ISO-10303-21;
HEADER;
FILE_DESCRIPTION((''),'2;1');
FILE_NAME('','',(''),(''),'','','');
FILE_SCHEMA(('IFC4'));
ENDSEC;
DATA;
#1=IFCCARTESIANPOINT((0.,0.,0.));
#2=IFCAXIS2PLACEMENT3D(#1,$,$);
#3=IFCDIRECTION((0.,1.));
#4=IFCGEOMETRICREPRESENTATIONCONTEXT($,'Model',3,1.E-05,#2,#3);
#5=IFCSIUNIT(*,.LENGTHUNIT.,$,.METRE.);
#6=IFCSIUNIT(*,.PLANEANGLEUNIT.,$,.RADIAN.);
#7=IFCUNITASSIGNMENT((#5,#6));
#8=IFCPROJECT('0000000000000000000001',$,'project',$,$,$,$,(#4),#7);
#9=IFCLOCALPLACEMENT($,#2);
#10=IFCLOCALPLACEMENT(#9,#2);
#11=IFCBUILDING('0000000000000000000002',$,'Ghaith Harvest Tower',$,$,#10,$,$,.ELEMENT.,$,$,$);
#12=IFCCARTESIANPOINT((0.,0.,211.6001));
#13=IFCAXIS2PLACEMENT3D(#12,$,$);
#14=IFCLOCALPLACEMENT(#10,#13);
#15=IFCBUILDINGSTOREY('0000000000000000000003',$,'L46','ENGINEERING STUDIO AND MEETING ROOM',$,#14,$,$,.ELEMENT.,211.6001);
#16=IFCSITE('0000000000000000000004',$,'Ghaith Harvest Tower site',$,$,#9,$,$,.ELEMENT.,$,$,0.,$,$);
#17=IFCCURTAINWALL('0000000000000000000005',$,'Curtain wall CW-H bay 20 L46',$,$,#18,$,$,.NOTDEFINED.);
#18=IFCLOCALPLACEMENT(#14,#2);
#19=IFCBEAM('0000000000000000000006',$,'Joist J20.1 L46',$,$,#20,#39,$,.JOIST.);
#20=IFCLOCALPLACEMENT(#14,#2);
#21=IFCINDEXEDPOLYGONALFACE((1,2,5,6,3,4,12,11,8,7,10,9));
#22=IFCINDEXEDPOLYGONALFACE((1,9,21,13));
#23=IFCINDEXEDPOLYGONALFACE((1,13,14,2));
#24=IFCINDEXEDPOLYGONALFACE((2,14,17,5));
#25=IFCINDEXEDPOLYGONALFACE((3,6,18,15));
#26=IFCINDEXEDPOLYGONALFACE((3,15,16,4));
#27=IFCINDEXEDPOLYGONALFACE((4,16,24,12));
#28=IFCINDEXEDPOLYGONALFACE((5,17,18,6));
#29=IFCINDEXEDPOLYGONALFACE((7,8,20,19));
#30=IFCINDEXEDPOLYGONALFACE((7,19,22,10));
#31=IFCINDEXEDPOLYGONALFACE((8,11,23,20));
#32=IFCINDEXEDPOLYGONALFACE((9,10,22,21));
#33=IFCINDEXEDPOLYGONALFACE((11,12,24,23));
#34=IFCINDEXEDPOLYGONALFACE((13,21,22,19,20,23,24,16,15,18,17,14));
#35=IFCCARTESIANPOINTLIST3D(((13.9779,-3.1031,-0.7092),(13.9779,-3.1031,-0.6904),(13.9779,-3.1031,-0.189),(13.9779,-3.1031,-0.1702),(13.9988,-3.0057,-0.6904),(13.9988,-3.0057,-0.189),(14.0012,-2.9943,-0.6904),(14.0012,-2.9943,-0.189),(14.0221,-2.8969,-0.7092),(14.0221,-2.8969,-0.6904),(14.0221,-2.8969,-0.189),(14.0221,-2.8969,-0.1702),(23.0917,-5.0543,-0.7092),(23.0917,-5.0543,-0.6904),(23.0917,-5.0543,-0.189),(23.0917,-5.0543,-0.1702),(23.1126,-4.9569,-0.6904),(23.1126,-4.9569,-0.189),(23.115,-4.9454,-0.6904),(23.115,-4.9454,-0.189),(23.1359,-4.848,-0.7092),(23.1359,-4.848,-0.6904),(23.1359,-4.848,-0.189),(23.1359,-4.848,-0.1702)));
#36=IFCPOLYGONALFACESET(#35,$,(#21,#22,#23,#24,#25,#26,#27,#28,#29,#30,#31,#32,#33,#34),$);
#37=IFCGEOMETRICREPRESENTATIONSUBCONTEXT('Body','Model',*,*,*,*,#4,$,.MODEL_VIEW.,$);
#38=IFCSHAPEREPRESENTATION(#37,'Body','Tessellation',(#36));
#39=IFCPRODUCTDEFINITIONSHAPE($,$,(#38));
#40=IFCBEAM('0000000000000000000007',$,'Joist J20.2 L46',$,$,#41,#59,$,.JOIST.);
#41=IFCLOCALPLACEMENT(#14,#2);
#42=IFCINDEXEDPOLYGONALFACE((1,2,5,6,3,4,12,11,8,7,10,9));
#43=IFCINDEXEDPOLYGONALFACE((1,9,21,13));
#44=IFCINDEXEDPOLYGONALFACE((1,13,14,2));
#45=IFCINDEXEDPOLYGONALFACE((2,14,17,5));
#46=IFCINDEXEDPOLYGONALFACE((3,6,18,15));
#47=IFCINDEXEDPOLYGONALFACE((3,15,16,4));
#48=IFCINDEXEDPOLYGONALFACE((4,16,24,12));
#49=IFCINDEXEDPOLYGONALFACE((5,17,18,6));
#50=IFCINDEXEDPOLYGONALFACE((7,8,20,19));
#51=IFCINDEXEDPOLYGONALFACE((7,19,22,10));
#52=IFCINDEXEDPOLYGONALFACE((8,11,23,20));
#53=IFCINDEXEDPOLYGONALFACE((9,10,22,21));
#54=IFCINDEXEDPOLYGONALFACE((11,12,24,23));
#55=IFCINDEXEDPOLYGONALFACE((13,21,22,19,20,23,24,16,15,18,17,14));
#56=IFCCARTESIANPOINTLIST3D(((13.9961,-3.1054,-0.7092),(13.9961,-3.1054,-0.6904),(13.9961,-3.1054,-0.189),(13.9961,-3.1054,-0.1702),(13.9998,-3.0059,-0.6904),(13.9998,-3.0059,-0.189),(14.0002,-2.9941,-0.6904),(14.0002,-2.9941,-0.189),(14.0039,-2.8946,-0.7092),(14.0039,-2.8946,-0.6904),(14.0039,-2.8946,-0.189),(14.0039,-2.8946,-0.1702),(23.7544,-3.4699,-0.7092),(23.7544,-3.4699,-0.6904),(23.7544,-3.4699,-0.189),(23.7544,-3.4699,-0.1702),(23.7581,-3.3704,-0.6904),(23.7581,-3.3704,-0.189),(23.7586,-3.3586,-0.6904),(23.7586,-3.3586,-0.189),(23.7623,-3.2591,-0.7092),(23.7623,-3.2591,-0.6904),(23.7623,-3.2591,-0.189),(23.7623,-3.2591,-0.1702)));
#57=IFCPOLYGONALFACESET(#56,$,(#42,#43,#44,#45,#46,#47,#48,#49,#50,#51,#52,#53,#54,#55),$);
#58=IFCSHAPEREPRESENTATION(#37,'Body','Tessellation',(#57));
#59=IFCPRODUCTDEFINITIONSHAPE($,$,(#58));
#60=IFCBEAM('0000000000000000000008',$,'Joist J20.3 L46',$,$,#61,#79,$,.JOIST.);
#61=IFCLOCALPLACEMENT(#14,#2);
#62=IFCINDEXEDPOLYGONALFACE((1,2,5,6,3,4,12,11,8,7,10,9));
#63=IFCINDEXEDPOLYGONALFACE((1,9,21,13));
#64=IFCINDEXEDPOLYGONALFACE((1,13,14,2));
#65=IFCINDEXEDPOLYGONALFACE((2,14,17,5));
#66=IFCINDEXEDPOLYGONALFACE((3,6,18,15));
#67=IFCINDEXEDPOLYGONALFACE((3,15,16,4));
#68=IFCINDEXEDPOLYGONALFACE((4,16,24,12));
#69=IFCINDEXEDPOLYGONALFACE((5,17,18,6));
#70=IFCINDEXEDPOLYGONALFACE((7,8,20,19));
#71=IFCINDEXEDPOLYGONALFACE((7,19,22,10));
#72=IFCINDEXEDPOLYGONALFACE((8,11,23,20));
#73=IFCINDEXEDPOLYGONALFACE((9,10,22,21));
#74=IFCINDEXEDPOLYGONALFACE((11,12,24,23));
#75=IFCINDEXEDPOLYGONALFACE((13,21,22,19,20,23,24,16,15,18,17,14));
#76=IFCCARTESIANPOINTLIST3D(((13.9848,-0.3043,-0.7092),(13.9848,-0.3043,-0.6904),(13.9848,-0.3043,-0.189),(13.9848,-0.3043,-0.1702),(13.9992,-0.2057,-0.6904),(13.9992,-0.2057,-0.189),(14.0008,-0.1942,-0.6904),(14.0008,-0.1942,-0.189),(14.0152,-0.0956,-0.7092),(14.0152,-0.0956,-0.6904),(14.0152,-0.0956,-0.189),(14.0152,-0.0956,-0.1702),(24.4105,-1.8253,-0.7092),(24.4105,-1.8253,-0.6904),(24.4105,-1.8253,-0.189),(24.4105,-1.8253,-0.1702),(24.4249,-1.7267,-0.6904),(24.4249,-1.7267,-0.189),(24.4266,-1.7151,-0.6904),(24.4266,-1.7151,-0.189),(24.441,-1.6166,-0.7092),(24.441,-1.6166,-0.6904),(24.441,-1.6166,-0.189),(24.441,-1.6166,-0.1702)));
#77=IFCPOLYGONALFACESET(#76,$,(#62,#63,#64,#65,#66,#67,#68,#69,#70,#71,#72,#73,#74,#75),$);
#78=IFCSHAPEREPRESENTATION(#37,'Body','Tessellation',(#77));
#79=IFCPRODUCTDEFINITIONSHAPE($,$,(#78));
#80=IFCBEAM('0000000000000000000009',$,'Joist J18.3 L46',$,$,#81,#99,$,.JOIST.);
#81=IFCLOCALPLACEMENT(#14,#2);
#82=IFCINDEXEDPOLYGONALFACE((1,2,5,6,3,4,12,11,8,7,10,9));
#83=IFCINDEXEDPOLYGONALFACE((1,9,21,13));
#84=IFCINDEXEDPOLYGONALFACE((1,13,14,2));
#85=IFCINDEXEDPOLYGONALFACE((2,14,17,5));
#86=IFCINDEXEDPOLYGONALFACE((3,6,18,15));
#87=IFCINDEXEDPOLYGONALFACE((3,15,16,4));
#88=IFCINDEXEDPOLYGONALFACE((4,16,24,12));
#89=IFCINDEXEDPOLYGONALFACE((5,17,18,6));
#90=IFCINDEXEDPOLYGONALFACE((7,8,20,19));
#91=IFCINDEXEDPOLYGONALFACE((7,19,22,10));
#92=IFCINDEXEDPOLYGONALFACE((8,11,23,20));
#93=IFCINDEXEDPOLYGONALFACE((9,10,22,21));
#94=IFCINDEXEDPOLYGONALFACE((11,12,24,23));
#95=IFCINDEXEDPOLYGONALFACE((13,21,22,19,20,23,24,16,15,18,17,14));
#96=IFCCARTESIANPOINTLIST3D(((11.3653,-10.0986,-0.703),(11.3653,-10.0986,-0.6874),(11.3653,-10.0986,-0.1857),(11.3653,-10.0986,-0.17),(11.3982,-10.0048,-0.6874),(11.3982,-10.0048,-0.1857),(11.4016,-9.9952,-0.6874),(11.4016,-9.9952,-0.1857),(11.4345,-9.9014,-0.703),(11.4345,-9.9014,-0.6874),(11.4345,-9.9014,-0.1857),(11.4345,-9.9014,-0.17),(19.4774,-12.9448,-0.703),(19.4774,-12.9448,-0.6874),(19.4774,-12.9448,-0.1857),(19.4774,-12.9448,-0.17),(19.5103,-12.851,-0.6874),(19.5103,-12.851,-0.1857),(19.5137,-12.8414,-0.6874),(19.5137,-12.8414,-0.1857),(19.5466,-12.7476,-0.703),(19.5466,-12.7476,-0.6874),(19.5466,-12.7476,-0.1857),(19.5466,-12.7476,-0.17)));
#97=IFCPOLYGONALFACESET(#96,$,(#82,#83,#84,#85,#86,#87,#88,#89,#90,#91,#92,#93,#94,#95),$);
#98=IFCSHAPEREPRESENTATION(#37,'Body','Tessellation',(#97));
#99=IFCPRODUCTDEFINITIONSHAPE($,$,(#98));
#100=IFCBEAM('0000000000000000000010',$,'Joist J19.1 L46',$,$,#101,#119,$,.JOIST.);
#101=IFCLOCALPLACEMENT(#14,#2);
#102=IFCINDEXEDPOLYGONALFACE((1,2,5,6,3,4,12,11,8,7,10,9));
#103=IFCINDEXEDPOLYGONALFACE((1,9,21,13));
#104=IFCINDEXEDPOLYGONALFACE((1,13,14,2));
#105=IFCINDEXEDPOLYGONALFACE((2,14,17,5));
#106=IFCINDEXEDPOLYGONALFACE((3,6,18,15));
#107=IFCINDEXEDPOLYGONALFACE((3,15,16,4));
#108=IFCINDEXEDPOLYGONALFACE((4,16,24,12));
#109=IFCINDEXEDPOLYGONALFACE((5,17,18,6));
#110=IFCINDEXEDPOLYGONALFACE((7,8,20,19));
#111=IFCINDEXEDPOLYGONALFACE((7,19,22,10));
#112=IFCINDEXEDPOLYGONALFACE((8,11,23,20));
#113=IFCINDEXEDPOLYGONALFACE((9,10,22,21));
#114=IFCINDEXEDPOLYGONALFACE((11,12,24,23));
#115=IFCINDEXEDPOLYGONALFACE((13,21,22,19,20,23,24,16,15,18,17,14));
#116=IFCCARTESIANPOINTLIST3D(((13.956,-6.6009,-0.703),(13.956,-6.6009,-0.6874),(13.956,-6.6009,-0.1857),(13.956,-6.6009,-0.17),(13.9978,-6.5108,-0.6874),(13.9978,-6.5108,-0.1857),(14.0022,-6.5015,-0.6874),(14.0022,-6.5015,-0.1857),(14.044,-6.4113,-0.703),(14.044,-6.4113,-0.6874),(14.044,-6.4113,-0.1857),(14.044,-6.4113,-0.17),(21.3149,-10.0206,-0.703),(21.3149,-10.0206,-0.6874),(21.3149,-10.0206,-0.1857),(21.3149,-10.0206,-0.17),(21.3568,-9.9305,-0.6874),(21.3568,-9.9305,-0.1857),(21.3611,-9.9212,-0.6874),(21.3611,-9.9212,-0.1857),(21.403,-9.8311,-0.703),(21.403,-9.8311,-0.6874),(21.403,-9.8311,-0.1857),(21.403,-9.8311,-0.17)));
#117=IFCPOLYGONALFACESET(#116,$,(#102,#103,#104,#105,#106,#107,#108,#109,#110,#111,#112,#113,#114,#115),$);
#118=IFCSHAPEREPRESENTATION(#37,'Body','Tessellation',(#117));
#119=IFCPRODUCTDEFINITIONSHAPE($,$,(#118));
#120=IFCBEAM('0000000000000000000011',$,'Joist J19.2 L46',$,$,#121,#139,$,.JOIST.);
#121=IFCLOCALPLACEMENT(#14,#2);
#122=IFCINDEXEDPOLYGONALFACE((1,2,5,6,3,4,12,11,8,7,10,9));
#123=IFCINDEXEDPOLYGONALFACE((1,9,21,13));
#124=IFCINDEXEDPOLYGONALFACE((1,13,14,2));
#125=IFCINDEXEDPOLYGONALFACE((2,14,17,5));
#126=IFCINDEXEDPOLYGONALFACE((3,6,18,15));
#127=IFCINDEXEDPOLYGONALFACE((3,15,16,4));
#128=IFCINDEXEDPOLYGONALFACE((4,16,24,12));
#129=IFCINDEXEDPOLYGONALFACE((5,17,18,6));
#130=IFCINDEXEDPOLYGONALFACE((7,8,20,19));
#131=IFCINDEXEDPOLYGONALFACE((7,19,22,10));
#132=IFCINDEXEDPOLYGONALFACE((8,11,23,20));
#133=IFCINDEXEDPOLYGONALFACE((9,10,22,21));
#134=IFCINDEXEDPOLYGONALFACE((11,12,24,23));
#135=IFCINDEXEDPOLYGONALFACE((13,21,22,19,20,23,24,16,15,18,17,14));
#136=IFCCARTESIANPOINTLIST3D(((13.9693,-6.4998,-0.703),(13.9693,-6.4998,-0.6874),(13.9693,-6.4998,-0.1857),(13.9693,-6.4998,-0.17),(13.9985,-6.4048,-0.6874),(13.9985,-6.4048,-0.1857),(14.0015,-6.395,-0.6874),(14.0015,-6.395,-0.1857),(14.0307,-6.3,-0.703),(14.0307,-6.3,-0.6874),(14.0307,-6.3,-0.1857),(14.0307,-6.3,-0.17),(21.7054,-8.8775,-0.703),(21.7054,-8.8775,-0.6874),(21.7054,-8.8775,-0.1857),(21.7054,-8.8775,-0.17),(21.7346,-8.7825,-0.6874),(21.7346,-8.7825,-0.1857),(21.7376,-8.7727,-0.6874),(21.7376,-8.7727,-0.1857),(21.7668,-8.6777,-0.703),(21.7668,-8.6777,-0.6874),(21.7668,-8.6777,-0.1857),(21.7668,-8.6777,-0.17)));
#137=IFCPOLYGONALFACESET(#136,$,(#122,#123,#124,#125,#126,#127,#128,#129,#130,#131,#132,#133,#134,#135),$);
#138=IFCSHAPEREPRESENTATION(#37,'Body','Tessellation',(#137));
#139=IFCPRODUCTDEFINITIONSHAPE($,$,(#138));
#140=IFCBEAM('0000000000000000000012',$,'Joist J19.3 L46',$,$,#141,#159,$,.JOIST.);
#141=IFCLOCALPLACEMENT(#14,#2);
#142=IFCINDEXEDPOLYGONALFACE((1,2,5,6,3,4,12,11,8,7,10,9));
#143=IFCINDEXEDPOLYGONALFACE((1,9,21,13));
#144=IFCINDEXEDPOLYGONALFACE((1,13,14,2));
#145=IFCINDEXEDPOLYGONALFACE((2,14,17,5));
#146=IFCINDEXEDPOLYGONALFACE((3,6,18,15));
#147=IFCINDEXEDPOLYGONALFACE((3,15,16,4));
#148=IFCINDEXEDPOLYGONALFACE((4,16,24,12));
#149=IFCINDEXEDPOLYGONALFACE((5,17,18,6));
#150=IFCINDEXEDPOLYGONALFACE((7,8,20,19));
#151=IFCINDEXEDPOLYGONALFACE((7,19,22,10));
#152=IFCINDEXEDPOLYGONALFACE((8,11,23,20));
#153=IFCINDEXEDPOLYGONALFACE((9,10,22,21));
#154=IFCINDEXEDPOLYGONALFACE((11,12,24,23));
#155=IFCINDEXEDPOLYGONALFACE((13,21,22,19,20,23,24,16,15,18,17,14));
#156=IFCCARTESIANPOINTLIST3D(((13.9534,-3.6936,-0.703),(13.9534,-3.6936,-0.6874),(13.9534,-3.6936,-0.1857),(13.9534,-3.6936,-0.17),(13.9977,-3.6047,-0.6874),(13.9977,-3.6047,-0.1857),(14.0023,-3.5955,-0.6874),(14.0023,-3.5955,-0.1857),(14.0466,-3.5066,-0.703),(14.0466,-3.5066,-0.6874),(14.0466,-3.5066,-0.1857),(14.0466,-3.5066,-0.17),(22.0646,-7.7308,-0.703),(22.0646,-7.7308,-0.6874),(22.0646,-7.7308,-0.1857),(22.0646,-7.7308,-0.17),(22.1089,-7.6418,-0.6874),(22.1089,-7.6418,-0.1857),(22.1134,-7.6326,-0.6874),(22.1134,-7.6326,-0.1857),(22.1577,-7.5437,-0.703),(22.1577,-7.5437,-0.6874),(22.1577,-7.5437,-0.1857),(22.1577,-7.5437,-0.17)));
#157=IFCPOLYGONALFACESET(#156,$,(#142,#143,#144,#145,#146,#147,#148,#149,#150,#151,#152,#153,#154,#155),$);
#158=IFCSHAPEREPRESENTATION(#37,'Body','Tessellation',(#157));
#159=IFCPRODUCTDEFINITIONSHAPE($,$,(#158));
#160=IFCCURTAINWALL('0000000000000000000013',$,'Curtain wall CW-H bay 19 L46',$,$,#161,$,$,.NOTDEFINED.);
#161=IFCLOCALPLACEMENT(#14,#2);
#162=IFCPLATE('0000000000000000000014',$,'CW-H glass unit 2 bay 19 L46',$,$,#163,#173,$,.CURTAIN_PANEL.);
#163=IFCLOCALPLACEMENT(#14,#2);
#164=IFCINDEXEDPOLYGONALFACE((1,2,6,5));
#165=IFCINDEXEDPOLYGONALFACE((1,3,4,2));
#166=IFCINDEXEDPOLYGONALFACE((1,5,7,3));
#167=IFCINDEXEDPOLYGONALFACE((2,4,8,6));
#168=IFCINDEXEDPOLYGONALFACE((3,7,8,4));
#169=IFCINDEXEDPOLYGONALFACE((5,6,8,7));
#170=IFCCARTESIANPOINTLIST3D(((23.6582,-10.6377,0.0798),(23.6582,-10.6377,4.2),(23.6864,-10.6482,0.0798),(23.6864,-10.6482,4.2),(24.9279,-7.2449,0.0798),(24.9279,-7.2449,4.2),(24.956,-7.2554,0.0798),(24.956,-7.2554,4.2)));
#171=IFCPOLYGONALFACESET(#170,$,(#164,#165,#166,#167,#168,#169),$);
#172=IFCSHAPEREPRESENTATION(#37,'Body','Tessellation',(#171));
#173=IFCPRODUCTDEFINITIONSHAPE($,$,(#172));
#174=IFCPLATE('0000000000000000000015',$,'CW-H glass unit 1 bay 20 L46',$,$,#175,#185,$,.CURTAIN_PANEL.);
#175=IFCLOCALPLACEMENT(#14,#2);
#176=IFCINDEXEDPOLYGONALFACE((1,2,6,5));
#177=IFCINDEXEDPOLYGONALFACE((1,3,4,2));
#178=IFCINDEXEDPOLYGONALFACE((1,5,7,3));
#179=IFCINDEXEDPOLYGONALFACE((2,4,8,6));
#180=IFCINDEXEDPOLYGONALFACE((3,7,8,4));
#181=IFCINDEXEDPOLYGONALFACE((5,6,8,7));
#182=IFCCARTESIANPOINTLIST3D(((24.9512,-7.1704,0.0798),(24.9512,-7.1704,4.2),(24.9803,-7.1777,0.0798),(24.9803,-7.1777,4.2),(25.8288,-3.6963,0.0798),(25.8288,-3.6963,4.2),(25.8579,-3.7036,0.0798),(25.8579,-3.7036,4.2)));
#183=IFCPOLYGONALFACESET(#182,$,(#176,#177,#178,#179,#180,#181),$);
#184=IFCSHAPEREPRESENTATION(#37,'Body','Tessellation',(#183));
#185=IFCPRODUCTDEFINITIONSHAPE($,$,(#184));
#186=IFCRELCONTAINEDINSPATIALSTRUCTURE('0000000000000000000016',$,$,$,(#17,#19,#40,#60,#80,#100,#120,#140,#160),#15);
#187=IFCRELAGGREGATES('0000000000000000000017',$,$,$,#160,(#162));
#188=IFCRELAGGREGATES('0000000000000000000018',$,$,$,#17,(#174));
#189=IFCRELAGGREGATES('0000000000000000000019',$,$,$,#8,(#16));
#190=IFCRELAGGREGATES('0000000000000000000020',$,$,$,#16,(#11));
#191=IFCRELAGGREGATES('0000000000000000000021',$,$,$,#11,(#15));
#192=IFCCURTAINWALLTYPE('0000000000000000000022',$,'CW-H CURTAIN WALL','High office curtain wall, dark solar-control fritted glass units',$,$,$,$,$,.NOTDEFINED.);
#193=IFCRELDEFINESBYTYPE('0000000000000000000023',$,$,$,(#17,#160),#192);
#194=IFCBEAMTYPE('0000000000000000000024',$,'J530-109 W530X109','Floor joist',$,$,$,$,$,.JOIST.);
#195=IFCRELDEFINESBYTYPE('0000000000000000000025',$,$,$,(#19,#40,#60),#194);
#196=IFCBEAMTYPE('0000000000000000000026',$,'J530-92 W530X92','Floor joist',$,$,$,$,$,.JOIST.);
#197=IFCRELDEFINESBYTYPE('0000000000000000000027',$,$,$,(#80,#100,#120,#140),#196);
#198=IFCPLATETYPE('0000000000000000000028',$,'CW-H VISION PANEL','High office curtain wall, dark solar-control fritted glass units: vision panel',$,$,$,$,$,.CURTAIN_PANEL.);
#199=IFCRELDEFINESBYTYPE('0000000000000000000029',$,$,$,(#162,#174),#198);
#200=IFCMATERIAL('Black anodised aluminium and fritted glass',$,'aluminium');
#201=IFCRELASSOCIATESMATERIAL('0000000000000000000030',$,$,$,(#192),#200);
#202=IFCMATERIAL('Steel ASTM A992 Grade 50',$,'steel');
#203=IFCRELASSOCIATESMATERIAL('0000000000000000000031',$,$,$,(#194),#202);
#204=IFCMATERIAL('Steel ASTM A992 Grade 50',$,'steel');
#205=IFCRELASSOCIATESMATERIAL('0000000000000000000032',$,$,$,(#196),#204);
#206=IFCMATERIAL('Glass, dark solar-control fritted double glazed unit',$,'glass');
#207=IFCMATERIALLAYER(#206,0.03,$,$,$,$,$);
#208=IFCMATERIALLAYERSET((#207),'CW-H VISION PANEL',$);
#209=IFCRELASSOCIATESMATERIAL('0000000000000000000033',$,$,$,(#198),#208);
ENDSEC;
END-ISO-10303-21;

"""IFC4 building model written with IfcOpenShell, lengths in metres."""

from ifc_helpers import new_model, si_unit, direction, frame, origin, origin_2d, place, context, subcontext, project, spatial, rectangle, i_section, extrude, material, layer, layer_set, material_profile, profile_set, type_object, element, aggregate, save


model = new_model("IFC4")

# Units and contexts
model_context = context("Model", 3, precision=1e-05, world=origin(), true_north=direction((0.0, 1.0)))
body_context = subcontext(model_context, "Body", "Model", "MODEL_VIEW")
ifc_project = project(units=[si_unit("LENGTHUNIT", "METRE"), si_unit("PLANEANGLEUNIT", "RADIAN")], contexts=[model_context])

# Site, building, storey
site_placement = place(None, origin())
site = spatial("IfcSite", under=ifc_project, at=site_placement, Name="Ghaith Harvest Tower site", CompositionType="ELEMENT", RefElevation=0.0)
building_placement = place(site_placement, origin())
building = spatial("IfcBuilding", under=site, at=building_placement, Name="Ghaith Harvest Tower", CompositionType="ELEMENT")
storey_placement = place(building_placement, frame((0.0, 0.0, 211.6001)))
storey = spatial("IfcBuildingStorey", under=building, at=storey_placement, Name="L46", Description="ENGINEERING STUDIO AND MEETING ROOM", CompositionType="ELEMENT", Elevation=211.6001)

# Curtain wall
ifc_material_1 = material(Name="Black anodised aluminium and fritted glass", Category="aluminium")
curtain_wall_type = type_object("IfcCurtainWallType", Name="CW-H CURTAIN WALL", Description="High office curtain wall, dark solar-control fritted glass units", PredefinedType="NOTDEFINED", material=ifc_material_1)
curtain_wall_1_placement = place(storey_placement, origin())
curtain_wall_1 = element("IfcCurtainWall", 1, at=curtain_wall_1_placement, inside=storey, type_object=curtain_wall_type, Name="Curtain wall CW-H bay 20 L46", PredefinedType="NOTDEFINED")

# Beams
ifc_material_2 = material(Name="Steel ASTM A992 Grade 50", Category="steel")
ifc_material_profile_1 = material_profile(ifc_material_2, i_section(OverallWidth=0.2109, OverallDepth=0.5391, WebThickness=0.0117, FlangeThickness=0.0188, at=origin_2d()), Name="W530X109")
ifc_profile_set_1 = profile_set([ifc_material_profile_1], Name="Steel ASTM A992 Grade 50")
beam_type_1 = type_object("IfcBeamType", Name="J530-109 W530X109", Description="Floor joist", PredefinedType="JOIST", material=ifc_profile_set_1)
beam_1_placement = place(storey_placement, frame((14.0, -3.0, -0.4397), z_axis=(0.977841, -0.209347, 0.0), x_axis=(0.209347, 0.977841, 0.0)))
element("IfcBeam", 2, at=beam_1_placement, inside=storey, type_object=beam_type_1, Name="Joist J20.1 L46", PredefinedType="JOIST", context=body_context, shape_type="SweptSolid", body=[
    extrude(i_section(OverallWidth=0.2109, OverallDepth=0.5391, WebThickness=0.0117, FlangeThickness=0.0188, at=origin_2d()), origin(), (0.0, 0.0, 1.0), 9.3203),
])
beam_2_placement = place(storey_placement, frame((14.0, -3.0, -0.4397), z_axis=(0.999303, -0.037327, 0.0), x_axis=(0.037327, 0.999303, 0.0)))
element("IfcBeam", 3, at=beam_2_placement, inside=storey, type_object=beam_type_1, Name="Joist J20.2 L46", PredefinedType="JOIST", context=body_context, shape_type="SweptSolid", body=[
    extrude(i_section(OverallWidth=0.2109, OverallDepth=0.5391, WebThickness=0.0117, FlangeThickness=0.0188, at=origin_2d()), origin(), (0.0, 0.0, 1.0), 9.7651),
])
beam_3_placement = place(storey_placement, frame((14.0, -0.2, -0.4397), z_axis=(0.989525, -0.14436, 0.0), x_axis=(0.14436, 0.989525, 0.0)))
element("IfcBeam", 4, at=beam_3_placement, inside=storey, type_object=beam_type_1, Name="Joist J20.3 L46", PredefinedType="JOIST", context=body_context, shape_type="SweptSolid", body=[
    extrude(i_section(OverallWidth=0.2109, OverallDepth=0.5391, WebThickness=0.0117, FlangeThickness=0.0188, at=origin_2d()), origin(), (0.0, 0.0, 1.0), 10.5361),
])
ifc_material_3 = material(Name="Steel ASTM A992 Grade 50", Category="steel")
ifc_material_profile_2 = material_profile(ifc_material_3, i_section(OverallWidth=0.209, OverallDepth=0.533, WebThickness=0.0103, FlangeThickness=0.0156, at=origin_2d()), Name="W530X92")
ifc_profile_set_2 = profile_set([ifc_material_profile_2], Name="Steel ASTM A992 Grade 50")
beam_type_2 = type_object("IfcBeamType", Name="J530-92 W530X92", Description="Floor joist", PredefinedType="JOIST", material=ifc_profile_set_2)
beam_4_placement = place(storey_placement, frame((11.3999, -10.0, -0.4365), z_axis=(0.943605, -0.331073, 0.0), x_axis=(0.331073, 0.943605, 0.0)))
element("IfcBeam", 5, at=beam_4_placement, inside=storey, type_object=beam_type_2, Name="Joist J18.3 L46", PredefinedType="JOIST", context=body_context, shape_type="SweptSolid", body=[
    extrude(i_section(OverallWidth=0.209, OverallDepth=0.533, WebThickness=0.0103, FlangeThickness=0.0156, at=origin_2d()), origin(), (0.0, 0.0, 1.0), 8.5969),
])
beam_5_placement = place(storey_placement, frame((14.0, -6.5061, -0.4365), z_axis=(0.906865, -0.421421, 0.0), x_axis=(0.421421, 0.906865, 0.0)))
element("IfcBeam", 6, at=beam_5_placement, inside=storey, type_object=beam_type_2, Name="Joist J19.1 L46", PredefinedType="JOIST", context=body_context, shape_type="SweptSolid", body=[
    extrude(i_section(OverallWidth=0.209, OverallDepth=0.533, WebThickness=0.0103, FlangeThickness=0.0156, at=origin_2d()), origin(), (0.0, 0.0, 1.0), 8.1147),
])
beam_6_placement = place(storey_placement, frame((14.0, -6.3999, -0.4365), z_axis=(0.955871, -0.293787, 0.0), x_axis=(0.293787, 0.955871, 0.0)))
element("IfcBeam", 7, at=beam_6_placement, inside=storey, type_object=beam_type_2, Name="Joist J19.2 L46", PredefinedType="JOIST", context=body_context, shape_type="SweptSolid", body=[
    extrude(i_section(OverallWidth=0.209, OverallDepth=0.533, WebThickness=0.0103, FlangeThickness=0.0156, at=origin_2d()), origin(), (0.0, 0.0, 1.0), 8.0933),
])
beam_7_placement = place(storey_placement, frame((14.0, -3.6001, -0.4365), z_axis=(0.895239, -0.445585, 0.0), x_axis=(0.445585, 0.895239, 0.0)))
element("IfcBeam", 8, at=beam_7_placement, inside=storey, type_object=beam_type_2, Name="Joist J19.3 L46", PredefinedType="JOIST", context=body_context, shape_type="SweptSolid", body=[
    extrude(i_section(OverallWidth=0.209, OverallDepth=0.533, WebThickness=0.0103, FlangeThickness=0.0156, at=origin_2d()), origin(), (0.0, 0.0, 1.0), 9.0603),
])

# Curtain wall, plate
curtain_wall_2_placement = place(storey_placement, origin())
curtain_wall_2 = element("IfcCurtainWall", 9, at=curtain_wall_2_placement, inside=storey, type_object=curtain_wall_type, Name="Curtain wall CW-H bay 19 L46", PredefinedType="NOTDEFINED")
ifc_material_4 = material(Name="Glass, dark solar-control fritted double glazed unit", Category="glass")
ifc_layer_1 = layer(ifc_material_4, 0.03)
ifc_layer_set_1 = layer_set([ifc_layer_1], Name="CW-H VISION PANEL")
plate_type_1 = type_object("IfcPlateType", Name="CW-H VISION PANEL", Description="High office curtain wall, dark solar-control fritted glass units: vision panel", PredefinedType="CURTAIN_PANEL", material=ifc_layer_set_1)
plate_1_placement = place(storey_placement, frame((24.3071, -8.9465, 0.0798), z_axis=(0.0, 0.0, 1.0), x_axis=(0.350481, 0.93657, 0.0)))
plate_1 = element("IfcPlate", 10, at=plate_1_placement, type_object=plate_type_1, Name="CW-H glass unit 2 bay 19 L46", PredefinedType="CURTAIN_PANEL", context=body_context, shape_type="SweptSolid", body=[
    extrude(rectangle(XDim=3.6226, YDim=0.03, at=origin_2d()), origin(), (0.0, 0.0, 1.0), 4.1201),
])
aggregate(curtain_wall_2, [plate_1])

# Plate
plate_2_placement = place(storey_placement, frame((25.4045, -5.437, 0.0798), z_axis=(0.0, 0.0, 1.0), x_axis=(0.244926, 0.969542, 0.0)))
plate_2 = element("IfcPlate", 11, at=plate_2_placement, type_object=plate_type_1, Name="CW-H glass unit 1 bay 20 L46", PredefinedType="CURTAIN_PANEL", context=body_context, shape_type="SweptSolid", body=[
    extrude(rectangle(XDim=3.5833, YDim=0.03, at=origin_2d()), origin(), (0.0, 0.0, 1.0), 4.1201),
])
aggregate(curtain_wall_1, [plate_2])

save(model, "model.ifc")
